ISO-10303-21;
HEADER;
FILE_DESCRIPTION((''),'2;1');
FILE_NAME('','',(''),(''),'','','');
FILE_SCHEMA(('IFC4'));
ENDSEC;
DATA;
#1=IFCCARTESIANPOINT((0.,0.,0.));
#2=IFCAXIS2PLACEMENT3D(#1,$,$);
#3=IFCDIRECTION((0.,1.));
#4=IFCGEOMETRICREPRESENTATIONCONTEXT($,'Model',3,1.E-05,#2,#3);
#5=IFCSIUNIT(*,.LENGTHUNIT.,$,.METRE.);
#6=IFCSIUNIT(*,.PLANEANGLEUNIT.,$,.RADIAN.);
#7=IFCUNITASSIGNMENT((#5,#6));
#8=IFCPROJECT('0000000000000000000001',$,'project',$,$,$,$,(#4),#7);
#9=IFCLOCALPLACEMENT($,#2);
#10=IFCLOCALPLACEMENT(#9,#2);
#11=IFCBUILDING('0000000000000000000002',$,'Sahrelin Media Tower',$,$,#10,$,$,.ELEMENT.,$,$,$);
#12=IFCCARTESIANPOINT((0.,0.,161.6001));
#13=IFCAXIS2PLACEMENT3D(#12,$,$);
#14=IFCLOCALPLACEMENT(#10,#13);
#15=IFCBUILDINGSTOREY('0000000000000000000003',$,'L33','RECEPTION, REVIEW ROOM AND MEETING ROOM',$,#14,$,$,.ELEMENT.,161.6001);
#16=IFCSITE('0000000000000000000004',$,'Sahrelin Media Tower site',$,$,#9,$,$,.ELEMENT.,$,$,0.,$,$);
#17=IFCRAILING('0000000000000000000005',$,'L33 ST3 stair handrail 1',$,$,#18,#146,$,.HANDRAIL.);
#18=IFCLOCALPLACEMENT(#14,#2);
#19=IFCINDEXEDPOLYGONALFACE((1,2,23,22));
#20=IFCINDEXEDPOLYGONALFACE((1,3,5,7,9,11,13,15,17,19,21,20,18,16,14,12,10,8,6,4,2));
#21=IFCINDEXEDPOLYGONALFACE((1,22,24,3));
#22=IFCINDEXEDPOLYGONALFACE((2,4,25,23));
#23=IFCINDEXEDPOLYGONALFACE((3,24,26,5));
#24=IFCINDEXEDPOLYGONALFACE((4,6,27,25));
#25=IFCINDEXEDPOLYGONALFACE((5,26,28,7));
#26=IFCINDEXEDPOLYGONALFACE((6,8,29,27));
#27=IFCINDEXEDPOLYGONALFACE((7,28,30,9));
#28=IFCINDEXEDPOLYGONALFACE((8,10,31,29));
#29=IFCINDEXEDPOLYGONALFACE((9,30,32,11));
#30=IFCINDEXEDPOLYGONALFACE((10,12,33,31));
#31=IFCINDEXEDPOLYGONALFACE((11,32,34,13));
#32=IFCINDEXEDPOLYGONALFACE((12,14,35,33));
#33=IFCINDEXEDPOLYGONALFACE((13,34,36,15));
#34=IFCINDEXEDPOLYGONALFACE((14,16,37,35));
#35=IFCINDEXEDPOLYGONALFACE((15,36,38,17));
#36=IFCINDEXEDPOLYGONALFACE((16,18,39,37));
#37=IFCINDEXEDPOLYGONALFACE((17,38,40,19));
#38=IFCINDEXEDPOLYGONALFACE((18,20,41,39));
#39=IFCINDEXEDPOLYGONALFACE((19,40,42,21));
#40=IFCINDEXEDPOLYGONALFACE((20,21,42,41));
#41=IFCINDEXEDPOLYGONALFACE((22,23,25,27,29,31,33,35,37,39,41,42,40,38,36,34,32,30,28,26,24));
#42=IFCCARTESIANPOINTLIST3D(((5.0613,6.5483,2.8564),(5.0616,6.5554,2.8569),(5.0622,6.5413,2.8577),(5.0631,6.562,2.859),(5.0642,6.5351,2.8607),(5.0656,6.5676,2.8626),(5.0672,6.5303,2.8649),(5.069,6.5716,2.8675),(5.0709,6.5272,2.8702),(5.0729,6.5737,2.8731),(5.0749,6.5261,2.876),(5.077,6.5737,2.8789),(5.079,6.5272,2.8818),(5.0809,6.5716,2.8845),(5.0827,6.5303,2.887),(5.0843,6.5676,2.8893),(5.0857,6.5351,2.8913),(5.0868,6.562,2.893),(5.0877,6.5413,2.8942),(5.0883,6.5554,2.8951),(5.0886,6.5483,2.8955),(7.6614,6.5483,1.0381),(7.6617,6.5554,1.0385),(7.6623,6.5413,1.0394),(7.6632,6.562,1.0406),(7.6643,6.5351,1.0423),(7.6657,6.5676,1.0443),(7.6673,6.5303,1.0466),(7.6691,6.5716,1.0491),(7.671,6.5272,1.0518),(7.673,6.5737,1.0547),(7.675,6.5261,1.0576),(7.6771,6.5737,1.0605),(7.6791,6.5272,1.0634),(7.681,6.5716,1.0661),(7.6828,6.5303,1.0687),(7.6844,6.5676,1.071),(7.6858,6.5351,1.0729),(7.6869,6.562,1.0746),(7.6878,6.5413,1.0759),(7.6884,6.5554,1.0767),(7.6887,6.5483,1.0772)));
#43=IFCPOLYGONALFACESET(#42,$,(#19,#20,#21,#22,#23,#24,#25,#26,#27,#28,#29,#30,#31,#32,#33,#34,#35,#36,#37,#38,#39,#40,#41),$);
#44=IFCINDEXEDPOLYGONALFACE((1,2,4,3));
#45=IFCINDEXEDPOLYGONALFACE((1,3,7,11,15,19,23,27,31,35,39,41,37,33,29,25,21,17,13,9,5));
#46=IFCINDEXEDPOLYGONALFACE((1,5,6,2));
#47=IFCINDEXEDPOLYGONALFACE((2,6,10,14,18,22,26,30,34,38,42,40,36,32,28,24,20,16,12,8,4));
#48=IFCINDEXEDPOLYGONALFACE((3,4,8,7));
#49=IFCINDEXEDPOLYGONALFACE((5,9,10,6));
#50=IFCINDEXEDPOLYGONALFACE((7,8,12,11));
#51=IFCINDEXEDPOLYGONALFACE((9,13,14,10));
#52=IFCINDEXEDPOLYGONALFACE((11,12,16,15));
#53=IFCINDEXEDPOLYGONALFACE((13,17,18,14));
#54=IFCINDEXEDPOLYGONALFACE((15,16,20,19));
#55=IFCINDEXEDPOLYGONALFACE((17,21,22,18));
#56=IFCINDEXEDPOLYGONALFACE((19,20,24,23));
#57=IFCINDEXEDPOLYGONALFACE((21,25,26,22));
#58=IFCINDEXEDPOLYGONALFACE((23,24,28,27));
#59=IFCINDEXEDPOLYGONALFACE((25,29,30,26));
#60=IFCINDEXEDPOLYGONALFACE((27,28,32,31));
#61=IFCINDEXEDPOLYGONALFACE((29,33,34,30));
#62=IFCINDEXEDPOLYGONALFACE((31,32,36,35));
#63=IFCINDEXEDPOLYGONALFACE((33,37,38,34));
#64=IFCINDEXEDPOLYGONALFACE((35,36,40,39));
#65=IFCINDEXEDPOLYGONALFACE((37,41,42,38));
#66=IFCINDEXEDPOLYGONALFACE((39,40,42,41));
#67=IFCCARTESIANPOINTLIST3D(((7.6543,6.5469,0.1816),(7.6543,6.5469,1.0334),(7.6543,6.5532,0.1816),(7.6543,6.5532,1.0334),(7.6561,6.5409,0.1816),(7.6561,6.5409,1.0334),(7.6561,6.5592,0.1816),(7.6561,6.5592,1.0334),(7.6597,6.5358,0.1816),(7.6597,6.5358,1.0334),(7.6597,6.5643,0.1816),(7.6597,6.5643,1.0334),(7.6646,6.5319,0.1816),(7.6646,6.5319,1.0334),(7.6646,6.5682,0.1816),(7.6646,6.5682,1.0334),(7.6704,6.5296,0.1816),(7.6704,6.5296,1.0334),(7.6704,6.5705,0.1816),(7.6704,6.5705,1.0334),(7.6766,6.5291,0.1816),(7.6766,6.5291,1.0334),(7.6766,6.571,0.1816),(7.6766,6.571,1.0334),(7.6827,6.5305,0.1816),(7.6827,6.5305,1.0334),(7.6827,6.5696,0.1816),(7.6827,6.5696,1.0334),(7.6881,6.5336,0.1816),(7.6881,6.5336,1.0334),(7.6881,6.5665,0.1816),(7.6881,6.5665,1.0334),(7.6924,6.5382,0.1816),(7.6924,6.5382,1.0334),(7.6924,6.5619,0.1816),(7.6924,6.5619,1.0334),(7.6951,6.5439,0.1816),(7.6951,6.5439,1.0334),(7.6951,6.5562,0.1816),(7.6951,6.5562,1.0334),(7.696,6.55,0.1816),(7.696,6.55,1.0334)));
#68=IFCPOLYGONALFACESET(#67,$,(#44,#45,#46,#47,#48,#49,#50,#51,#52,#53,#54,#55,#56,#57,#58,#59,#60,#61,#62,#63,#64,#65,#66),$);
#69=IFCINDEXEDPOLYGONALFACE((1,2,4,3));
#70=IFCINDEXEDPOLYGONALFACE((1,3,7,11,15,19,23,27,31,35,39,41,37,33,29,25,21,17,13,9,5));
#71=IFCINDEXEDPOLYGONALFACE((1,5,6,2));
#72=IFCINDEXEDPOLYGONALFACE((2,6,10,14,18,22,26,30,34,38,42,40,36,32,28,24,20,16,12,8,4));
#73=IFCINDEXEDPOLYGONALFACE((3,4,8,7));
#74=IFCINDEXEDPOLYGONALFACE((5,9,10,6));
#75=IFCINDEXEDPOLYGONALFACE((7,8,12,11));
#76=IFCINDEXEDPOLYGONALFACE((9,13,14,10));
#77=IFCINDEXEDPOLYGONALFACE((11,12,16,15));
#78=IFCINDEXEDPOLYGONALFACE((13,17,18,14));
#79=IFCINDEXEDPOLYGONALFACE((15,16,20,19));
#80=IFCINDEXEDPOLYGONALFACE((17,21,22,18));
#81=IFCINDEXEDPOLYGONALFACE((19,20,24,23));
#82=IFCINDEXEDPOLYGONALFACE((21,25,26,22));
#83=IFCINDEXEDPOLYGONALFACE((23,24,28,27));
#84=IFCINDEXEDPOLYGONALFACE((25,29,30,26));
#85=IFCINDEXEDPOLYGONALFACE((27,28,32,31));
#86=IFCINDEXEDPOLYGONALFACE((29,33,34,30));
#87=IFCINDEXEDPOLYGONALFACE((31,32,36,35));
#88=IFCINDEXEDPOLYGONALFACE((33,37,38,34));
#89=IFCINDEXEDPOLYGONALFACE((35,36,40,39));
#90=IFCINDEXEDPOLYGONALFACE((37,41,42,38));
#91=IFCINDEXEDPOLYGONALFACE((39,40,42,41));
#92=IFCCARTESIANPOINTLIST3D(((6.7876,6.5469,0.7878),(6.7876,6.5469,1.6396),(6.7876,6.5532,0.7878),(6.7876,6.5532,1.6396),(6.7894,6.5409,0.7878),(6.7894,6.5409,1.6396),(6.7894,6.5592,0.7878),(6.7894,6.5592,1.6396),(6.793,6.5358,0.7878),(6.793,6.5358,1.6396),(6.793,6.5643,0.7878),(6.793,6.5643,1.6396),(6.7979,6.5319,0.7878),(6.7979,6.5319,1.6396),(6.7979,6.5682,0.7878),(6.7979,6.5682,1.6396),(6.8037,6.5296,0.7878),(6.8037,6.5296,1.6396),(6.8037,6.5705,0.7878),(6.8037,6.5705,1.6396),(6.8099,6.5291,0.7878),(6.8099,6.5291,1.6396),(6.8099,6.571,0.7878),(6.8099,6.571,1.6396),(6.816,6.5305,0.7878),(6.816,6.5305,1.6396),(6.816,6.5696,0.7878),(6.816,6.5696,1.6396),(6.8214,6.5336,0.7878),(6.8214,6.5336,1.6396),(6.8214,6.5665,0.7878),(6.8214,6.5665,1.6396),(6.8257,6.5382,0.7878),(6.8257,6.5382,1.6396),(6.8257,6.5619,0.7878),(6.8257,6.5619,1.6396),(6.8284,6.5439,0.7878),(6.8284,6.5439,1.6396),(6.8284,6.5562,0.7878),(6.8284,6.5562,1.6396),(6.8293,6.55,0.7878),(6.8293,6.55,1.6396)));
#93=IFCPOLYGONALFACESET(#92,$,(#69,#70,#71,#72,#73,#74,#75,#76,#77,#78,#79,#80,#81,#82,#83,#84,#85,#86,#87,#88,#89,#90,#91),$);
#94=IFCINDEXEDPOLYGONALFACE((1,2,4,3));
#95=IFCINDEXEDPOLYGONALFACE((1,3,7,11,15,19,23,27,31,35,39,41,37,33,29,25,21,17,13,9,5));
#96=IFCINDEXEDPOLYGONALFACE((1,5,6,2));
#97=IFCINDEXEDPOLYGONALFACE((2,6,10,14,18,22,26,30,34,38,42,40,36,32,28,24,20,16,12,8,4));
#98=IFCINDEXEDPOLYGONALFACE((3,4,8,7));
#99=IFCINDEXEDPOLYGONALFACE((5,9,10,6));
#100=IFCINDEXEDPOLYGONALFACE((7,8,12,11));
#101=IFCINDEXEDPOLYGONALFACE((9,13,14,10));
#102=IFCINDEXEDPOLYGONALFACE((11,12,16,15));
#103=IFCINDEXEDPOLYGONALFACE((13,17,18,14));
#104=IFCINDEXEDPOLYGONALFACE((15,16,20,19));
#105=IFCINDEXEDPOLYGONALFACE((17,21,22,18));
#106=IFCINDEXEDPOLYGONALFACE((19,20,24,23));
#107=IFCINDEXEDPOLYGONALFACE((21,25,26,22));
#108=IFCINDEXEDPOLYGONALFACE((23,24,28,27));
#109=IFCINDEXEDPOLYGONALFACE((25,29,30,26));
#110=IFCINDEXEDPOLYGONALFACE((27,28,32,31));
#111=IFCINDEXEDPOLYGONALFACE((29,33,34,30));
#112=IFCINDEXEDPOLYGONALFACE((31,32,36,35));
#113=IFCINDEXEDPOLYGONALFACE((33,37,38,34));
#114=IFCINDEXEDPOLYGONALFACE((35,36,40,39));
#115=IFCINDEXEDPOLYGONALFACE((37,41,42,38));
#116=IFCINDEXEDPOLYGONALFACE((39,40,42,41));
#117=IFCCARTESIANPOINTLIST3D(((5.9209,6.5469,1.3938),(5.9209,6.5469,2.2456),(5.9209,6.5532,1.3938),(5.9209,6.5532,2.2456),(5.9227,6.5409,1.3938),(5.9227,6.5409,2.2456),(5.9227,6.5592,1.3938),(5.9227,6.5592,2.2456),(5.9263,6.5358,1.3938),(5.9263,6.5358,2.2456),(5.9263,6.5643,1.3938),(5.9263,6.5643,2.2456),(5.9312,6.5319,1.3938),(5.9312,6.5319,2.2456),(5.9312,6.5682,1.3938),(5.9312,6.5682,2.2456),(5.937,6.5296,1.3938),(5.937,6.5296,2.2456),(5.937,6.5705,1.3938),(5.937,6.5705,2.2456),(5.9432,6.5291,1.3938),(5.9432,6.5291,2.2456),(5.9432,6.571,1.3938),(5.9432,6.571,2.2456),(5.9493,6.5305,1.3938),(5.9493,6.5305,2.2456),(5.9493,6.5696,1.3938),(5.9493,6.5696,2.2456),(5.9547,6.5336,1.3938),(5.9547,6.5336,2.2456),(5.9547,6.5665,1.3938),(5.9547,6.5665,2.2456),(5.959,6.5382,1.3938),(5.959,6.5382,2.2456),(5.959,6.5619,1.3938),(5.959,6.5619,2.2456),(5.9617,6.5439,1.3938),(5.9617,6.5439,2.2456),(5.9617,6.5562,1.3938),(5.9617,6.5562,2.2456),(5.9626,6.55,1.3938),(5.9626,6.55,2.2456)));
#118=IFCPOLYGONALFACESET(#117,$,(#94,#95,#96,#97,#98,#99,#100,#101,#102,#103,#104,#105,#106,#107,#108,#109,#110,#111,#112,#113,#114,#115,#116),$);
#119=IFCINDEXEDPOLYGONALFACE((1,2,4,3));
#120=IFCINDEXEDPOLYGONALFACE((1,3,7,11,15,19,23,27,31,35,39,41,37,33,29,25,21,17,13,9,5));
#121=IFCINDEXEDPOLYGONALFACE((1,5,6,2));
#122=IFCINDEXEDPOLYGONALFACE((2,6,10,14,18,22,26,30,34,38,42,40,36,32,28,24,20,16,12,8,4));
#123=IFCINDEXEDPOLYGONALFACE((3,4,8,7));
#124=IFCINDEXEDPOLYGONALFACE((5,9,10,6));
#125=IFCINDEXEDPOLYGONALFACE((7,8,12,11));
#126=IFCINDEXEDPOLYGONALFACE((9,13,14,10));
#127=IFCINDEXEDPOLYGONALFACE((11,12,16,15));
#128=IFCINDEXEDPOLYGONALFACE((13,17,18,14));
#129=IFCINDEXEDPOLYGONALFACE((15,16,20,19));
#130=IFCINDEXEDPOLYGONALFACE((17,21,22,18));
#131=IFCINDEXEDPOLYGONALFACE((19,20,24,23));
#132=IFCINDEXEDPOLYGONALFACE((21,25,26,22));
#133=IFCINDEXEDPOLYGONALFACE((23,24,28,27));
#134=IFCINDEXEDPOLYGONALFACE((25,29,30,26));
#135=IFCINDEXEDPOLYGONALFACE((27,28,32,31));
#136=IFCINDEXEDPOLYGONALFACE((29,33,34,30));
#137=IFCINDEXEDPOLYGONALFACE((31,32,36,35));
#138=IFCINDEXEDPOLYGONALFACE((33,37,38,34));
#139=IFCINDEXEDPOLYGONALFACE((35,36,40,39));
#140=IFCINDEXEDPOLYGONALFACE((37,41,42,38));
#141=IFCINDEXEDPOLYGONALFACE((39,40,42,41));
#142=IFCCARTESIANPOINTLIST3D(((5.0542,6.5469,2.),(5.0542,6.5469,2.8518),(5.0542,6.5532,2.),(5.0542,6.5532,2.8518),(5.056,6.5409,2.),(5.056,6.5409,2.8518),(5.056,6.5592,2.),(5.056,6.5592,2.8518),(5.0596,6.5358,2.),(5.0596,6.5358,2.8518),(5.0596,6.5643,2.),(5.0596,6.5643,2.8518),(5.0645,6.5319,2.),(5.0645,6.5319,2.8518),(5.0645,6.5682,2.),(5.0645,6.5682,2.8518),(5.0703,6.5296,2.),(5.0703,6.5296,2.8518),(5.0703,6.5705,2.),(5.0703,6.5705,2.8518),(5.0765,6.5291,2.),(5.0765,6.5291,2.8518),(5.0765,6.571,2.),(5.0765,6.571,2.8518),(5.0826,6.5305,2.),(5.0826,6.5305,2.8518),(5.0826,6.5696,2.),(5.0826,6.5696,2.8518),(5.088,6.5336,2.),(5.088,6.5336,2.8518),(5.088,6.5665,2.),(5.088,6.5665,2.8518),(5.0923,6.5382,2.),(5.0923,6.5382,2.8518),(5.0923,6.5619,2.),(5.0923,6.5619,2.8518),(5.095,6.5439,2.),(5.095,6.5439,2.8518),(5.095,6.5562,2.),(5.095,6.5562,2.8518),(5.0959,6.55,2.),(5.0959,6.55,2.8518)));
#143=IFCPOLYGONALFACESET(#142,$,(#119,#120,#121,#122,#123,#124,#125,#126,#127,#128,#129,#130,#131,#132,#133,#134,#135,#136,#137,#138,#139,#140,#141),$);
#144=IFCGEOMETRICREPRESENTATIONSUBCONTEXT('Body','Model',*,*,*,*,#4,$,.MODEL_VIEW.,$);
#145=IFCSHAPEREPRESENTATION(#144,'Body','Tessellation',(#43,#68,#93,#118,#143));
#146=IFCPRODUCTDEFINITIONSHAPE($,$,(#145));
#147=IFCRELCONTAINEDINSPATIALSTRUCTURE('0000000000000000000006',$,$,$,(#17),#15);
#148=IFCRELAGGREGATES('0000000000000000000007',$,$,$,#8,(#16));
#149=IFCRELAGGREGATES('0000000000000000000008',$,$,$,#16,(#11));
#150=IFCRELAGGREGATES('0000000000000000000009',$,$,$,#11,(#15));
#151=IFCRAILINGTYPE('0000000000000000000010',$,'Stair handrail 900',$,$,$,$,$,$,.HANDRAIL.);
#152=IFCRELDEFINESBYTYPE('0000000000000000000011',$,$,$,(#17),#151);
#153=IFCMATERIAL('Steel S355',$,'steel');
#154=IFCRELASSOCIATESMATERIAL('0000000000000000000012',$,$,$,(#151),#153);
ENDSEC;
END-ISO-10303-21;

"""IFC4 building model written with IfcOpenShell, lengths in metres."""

from ifc_helpers import new_model, si_unit, direction, frame, origin, origin_2d, place, context, subcontext, project, spatial, circle, extrude, material, type_object, element, save


model = new_model("IFC4")

# Units and contexts
model_context = context("Model", 3, precision=1e-05, world=origin(), true_north=direction((0.0, 1.0)))
body_context = subcontext(model_context, "Body", "Model", "MODEL_VIEW")
ifc_project = project(units=[si_unit("LENGTHUNIT", "METRE"), si_unit("PLANEANGLEUNIT", "RADIAN")], contexts=[model_context])

# Site, building, storey
site_placement = place(None, origin())
site = spatial("IfcSite", under=ifc_project, at=site_placement, Name="Sahrelin Media Tower site", CompositionType="ELEMENT", RefElevation=0.0)
building_placement = place(site_placement, origin())
building = spatial("IfcBuilding", under=site, at=building_placement, Name="Sahrelin Media Tower", CompositionType="ELEMENT")
storey_placement = place(building_placement, frame((0.0, 0.0, 161.6001)))
storey = spatial("IfcBuildingStorey", under=building, at=storey_placement, Name="L33", Description="RECEPTION, REVIEW ROOM AND MEETING ROOM", CompositionType="ELEMENT", Elevation=161.6001)

# Shared definitions
ifc_material_1 = material(Name="Steel S355", Category="steel")

# Railing
railing_type_1 = type_object("IfcRailingType", Name="Stair handrail 900", PredefinedType="HANDRAIL", material=ifc_material_1)
railing_1_placement = place(storey_placement, frame((7.675, 6.55, 0.1816)))
element("IfcRailing", 1, at=railing_1_placement, inside=storey, type_object=railing_type_1, Name="L33 ST3 stair handrail 1", PredefinedType="HANDRAIL", context=body_context, shape_type="SweptSolid", body=[
    extrude(circle(Radius=0.0239, at=origin_2d()), frame((0.0, 0.0, 0.876), z_axis=(-0.819485, 0.0, 0.573101), x_axis=(0.0, -1.0, 0.0)), (0.0, 0.0, 1.0), 3.1729),
    extrude(circle(Radius=0.021, at=origin_2d()), origin(), (0.0, 0.0, 1.0), 0.8518),
    extrude(circle(Radius=0.021, at=origin_2d()), frame((-0.8667, 0.0, 0.6062)), (0.0, 0.0, 1.0), 0.8518),
    extrude(circle(Radius=0.021, at=origin_2d()), frame((-1.7334, 0.0, 1.2122)), (0.0, 0.0, 1.0), 0.8518),
    extrude(circle(Radius=0.021, at=origin_2d()), frame((-2.6001, 0.0, 1.8184)), (0.0, 0.0, 1.0), 0.8518),
])

save(model, "model.ifc")
